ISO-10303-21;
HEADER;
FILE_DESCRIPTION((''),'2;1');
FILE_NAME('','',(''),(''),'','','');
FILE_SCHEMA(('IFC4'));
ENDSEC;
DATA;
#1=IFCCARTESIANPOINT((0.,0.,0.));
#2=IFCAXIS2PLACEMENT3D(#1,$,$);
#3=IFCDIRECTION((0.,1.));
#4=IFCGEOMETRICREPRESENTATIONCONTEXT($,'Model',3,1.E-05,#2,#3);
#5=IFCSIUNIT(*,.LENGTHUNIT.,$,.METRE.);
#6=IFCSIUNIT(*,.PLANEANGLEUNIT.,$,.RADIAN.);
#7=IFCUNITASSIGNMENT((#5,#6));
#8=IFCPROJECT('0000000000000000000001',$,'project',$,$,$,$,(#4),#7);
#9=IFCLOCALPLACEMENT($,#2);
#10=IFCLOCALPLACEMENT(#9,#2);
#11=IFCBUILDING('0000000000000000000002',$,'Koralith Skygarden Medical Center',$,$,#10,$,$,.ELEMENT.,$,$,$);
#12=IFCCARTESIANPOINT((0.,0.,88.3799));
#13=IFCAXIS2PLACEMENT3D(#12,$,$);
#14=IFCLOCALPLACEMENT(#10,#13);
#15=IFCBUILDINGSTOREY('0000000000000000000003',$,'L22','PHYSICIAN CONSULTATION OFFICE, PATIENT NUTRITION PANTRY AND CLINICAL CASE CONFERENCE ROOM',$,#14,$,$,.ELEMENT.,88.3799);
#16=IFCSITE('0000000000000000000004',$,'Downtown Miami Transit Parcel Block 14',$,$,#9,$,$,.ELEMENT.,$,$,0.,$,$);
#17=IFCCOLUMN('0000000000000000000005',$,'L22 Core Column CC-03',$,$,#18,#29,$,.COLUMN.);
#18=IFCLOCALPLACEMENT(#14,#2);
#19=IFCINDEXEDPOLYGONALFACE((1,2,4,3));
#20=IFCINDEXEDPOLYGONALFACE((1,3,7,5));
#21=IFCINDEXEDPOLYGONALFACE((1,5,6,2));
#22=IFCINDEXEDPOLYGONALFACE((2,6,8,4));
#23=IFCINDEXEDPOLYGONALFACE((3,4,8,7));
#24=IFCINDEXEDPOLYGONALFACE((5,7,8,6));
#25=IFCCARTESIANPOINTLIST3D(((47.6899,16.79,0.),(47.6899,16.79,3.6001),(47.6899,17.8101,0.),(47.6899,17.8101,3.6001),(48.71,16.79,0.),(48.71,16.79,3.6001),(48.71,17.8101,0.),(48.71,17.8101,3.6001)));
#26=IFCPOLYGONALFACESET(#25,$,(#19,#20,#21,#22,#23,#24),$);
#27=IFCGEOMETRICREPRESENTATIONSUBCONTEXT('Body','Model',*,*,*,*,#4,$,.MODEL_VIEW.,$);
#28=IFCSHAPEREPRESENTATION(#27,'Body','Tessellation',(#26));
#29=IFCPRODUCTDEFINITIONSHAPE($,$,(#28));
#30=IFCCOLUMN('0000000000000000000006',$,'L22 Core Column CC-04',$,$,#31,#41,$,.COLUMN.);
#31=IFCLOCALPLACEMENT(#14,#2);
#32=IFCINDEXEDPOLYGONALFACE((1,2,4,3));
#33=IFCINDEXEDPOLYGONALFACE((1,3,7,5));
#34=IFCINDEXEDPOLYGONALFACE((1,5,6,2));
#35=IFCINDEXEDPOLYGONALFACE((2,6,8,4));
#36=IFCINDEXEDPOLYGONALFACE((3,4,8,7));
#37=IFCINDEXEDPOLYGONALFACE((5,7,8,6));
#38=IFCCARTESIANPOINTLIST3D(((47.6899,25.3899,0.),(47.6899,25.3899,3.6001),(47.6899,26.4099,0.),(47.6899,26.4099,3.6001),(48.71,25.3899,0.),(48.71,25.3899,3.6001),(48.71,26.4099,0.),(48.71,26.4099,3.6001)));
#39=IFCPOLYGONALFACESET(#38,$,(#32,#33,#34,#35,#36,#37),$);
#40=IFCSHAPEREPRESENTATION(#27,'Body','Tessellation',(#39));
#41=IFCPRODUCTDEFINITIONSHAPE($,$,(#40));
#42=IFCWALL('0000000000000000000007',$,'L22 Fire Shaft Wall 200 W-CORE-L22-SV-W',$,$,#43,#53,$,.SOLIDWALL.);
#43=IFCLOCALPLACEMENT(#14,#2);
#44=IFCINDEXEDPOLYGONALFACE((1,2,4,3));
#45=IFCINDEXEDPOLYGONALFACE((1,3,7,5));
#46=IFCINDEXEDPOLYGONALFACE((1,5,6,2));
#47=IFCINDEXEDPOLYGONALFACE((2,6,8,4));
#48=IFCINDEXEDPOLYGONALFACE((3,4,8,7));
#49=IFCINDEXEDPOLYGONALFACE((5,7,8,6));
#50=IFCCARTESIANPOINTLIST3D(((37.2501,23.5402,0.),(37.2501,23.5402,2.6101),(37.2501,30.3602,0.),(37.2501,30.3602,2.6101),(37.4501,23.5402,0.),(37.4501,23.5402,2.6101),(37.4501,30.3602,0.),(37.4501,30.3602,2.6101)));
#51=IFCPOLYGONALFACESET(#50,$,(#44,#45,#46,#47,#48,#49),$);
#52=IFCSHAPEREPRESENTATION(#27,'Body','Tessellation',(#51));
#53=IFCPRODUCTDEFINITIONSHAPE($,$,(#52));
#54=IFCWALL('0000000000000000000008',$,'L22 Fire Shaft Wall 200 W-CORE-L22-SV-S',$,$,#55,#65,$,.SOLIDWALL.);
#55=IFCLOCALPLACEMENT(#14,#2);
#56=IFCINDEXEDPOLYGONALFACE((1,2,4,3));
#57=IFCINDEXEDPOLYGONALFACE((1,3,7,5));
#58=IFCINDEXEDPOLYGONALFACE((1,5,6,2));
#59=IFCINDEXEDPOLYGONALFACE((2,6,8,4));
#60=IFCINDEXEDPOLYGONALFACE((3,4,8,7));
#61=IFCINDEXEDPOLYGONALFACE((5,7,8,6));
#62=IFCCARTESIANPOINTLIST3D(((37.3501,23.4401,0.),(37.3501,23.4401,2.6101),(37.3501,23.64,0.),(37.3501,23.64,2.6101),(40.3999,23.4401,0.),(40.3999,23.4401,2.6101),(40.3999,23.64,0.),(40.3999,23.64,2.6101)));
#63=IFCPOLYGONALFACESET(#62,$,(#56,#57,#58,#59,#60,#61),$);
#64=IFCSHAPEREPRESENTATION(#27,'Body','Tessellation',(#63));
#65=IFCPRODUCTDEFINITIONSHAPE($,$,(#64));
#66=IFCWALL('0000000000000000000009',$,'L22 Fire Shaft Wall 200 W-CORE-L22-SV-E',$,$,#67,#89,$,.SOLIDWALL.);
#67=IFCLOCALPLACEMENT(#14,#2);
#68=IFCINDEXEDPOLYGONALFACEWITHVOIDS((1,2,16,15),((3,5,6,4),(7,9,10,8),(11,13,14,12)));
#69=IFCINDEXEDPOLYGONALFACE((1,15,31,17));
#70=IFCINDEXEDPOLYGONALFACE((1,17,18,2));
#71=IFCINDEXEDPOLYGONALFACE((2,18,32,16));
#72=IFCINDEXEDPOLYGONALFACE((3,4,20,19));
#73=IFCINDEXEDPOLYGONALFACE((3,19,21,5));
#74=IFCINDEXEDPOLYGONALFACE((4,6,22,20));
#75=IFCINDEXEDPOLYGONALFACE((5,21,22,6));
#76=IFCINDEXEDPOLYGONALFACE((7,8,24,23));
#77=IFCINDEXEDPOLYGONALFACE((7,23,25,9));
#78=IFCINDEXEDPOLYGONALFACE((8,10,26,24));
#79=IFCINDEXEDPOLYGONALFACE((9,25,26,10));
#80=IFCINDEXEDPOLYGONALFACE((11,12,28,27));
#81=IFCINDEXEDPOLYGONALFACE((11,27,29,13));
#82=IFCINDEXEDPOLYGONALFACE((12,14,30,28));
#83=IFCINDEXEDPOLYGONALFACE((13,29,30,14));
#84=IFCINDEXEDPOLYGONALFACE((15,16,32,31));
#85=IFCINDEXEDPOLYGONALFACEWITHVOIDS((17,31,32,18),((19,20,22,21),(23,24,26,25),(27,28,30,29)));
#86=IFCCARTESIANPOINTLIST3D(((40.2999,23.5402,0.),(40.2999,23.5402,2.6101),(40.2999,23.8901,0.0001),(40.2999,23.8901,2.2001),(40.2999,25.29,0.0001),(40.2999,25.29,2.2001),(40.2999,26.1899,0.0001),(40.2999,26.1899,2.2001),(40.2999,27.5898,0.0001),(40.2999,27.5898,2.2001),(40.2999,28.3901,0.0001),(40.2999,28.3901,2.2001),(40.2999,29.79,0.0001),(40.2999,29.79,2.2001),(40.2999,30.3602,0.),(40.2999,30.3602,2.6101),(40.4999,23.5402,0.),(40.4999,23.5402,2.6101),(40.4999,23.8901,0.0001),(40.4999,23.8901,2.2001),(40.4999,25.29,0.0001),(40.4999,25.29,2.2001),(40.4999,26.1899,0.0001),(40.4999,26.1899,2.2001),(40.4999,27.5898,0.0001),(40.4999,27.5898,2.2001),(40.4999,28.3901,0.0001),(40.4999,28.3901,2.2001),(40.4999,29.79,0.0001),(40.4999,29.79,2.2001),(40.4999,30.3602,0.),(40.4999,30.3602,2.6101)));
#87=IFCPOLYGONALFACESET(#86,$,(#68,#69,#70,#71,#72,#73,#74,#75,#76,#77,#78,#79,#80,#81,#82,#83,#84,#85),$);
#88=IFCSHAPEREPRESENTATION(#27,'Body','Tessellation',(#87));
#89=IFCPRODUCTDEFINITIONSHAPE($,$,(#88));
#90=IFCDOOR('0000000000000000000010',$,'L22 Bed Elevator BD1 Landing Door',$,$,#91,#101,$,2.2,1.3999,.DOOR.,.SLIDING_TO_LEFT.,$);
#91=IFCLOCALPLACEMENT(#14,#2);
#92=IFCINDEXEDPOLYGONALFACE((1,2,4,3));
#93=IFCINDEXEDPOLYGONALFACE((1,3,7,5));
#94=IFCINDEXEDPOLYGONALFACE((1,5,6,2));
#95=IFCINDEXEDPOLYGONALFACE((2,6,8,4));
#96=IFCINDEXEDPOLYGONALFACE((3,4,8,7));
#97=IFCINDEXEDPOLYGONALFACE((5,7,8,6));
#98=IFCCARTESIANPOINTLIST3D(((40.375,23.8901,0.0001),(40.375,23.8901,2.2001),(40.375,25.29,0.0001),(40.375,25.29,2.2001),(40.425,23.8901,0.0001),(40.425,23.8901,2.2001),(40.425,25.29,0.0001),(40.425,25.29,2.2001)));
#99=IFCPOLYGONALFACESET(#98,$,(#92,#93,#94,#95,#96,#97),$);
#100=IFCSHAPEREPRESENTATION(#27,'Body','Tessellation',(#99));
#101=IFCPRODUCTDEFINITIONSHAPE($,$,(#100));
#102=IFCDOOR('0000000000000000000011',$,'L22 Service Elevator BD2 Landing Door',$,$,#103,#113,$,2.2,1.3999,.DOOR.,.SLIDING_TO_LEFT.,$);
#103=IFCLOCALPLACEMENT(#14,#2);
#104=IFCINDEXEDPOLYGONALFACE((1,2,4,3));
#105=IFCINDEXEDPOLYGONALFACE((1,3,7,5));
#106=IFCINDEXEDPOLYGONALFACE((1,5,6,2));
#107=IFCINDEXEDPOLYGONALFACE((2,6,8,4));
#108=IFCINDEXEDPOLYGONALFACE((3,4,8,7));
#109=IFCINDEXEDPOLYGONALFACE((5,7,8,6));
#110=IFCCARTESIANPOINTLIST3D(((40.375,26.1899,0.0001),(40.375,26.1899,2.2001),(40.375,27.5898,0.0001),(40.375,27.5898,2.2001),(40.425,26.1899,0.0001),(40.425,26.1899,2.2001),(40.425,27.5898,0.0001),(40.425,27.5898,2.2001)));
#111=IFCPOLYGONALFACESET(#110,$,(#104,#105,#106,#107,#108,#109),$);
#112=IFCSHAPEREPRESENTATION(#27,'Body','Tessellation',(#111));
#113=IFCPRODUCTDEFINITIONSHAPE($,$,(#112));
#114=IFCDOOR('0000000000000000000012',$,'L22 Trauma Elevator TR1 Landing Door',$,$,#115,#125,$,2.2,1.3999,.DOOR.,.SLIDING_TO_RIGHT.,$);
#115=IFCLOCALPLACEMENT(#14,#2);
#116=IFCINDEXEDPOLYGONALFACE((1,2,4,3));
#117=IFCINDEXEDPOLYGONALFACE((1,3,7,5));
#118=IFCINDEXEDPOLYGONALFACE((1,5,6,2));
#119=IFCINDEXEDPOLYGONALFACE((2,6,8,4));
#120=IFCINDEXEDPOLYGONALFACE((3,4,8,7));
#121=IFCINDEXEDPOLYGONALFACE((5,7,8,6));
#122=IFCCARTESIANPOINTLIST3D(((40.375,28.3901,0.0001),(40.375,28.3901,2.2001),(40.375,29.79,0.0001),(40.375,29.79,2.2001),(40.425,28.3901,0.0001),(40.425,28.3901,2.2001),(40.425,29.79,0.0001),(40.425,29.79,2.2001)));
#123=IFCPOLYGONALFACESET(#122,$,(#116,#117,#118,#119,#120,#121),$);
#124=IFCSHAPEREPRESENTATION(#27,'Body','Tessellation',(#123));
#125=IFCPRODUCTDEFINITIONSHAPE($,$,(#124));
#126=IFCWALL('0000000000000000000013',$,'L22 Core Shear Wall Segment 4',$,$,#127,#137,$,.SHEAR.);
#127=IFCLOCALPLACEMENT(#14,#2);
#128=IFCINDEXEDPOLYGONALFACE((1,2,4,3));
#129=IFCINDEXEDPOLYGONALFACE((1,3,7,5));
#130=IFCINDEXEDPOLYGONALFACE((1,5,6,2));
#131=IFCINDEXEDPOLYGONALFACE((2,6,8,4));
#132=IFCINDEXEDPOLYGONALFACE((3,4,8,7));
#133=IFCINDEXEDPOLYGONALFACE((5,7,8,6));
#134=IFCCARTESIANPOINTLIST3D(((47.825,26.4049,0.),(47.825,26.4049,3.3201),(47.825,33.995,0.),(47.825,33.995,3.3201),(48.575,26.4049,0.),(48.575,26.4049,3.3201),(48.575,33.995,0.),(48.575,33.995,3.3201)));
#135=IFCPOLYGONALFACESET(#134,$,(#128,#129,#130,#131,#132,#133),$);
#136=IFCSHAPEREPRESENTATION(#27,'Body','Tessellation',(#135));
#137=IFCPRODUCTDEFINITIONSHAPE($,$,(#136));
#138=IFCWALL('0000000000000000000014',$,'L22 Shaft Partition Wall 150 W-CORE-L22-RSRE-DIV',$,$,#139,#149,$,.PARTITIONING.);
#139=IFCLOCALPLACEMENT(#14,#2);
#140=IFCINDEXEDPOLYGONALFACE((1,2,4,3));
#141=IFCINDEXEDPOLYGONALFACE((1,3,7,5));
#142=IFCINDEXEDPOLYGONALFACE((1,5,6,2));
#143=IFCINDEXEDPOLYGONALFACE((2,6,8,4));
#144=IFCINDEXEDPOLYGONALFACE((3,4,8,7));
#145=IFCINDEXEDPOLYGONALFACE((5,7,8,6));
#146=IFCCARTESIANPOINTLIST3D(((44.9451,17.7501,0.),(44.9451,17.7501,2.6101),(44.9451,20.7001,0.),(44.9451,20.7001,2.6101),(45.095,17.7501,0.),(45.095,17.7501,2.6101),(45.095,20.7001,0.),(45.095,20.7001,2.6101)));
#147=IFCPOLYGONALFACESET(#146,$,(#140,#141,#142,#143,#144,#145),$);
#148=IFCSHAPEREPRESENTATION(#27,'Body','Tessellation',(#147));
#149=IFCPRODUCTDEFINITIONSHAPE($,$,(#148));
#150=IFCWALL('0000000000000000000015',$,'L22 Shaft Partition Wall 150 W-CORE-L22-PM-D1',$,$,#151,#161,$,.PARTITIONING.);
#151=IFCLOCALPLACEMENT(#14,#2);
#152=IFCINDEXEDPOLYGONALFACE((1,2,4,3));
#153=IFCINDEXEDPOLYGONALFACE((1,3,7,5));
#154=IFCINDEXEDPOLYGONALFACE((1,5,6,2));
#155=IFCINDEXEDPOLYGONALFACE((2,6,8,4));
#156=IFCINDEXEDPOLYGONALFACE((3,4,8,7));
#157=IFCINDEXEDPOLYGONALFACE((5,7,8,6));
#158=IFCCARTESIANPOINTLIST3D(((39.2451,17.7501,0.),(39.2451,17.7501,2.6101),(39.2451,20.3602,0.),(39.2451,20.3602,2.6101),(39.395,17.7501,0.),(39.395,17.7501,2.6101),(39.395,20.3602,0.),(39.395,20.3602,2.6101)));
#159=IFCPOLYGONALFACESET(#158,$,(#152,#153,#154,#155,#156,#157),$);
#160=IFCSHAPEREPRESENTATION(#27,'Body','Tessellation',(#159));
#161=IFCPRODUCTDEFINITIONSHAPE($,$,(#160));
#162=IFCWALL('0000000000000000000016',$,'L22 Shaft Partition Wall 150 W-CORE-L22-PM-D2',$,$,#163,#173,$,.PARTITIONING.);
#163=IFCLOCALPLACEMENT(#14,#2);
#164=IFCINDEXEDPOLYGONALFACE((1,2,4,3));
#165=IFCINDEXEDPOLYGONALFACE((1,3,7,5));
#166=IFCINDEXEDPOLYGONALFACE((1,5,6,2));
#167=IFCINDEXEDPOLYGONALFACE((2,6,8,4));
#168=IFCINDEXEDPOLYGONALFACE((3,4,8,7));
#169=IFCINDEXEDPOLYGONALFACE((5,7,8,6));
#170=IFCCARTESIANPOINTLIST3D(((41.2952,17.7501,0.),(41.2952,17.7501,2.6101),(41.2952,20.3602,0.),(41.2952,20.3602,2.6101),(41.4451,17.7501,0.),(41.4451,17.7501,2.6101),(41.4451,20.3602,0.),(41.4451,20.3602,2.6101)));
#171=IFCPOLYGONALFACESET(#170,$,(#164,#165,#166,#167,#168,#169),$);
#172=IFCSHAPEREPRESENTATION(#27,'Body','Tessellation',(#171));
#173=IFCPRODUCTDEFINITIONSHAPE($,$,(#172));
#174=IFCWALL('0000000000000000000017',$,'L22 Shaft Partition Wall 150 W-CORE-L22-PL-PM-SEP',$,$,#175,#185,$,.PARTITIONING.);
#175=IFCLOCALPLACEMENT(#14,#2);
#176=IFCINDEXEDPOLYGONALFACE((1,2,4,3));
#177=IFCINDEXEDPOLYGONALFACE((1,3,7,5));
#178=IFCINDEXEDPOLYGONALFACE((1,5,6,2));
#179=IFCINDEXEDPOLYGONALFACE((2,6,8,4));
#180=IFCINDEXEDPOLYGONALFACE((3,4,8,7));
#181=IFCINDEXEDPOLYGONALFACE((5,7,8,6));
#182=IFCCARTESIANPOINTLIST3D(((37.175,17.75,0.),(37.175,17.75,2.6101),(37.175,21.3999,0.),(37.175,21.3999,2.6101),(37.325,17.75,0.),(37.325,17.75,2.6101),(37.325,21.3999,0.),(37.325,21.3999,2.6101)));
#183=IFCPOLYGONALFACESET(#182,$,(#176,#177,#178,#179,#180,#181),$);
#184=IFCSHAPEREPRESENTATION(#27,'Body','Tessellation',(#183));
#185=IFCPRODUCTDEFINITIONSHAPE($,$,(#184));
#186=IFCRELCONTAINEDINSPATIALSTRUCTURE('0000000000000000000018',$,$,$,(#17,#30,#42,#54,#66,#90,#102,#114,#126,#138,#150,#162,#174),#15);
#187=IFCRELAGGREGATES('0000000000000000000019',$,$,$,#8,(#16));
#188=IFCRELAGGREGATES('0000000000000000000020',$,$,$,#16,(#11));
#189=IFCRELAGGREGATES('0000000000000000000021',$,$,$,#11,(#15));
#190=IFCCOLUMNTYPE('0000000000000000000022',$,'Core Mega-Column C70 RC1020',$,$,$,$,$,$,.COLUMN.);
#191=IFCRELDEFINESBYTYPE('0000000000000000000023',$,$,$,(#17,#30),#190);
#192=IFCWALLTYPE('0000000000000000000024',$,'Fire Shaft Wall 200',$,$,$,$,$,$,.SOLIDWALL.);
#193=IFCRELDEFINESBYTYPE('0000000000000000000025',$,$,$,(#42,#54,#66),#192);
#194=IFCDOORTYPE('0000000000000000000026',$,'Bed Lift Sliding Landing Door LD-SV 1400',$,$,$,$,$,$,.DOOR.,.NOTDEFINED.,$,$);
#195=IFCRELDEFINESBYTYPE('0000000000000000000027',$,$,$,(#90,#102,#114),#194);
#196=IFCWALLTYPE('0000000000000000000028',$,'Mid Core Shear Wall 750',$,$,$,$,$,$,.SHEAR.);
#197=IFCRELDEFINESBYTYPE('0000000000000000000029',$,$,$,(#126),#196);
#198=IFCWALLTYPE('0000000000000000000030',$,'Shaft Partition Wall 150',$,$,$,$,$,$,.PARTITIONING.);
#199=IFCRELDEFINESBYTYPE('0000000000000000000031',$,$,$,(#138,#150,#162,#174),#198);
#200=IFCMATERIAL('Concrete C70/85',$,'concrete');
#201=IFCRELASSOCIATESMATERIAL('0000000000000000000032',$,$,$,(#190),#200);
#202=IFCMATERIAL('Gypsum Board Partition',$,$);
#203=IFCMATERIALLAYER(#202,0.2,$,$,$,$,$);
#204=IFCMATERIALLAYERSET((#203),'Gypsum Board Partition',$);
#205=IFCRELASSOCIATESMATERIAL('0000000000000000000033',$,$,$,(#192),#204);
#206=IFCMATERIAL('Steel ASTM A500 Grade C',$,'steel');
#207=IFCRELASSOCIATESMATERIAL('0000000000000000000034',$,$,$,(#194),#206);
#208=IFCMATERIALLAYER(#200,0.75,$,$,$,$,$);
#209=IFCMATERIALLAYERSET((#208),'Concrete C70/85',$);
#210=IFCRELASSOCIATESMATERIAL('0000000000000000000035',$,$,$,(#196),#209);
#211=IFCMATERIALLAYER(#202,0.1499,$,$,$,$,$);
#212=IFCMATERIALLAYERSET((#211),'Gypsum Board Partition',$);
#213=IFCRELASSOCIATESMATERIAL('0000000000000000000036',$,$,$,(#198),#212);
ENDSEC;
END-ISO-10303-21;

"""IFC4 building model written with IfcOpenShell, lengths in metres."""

from ifc_helpers import new_model, si_unit, direction, frame, frame_2d, origin, origin_2d, place, context, subcontext, project, spatial, rectangle, extrude, material, layer, layer_set, material_profile, profile_set, type_object, element, fill, save


model = new_model("IFC4")

# Units and contexts
model_context = context("Model", 3, precision=1e-05, world=origin(), true_north=direction((0.0, 1.0)))
body_context = subcontext(model_context, "Body", "Model", "MODEL_VIEW")
ifc_project = project(units=[si_unit("LENGTHUNIT", "METRE"), si_unit("PLANEANGLEUNIT", "RADIAN")], contexts=[model_context])

# Site, building, storey
site_placement = place(None, origin())
site = spatial("IfcSite", under=ifc_project, at=site_placement, Name="Downtown Miami Transit Parcel Block 14", CompositionType="ELEMENT", RefElevation=0.0)
building_placement = place(site_placement, origin())
building = spatial("IfcBuilding", under=site, at=building_placement, Name="Koralith Skygarden Medical Center", CompositionType="ELEMENT")
storey_placement = place(building_placement, frame((0.0, 0.0, 88.3799)))
storey = spatial("IfcBuildingStorey", under=building, at=storey_placement, Name="L22", Description="PHYSICIAN CONSULTATION OFFICE, PATIENT NUTRITION PANTRY AND CLINICAL CASE CONFERENCE ROOM", CompositionType="ELEMENT", Elevation=88.3799)

# Columns
ifc_material_1 = material(Name="Concrete C70/85", Category="concrete")
ifc_material_profile = material_profile(ifc_material_1, rectangle(XDim=1.02, YDim=1.02, at=origin_2d()), Name="RC1020X1020")
ifc_profile_set = profile_set([ifc_material_profile], Name="Concrete C70/85")
column_type = type_object("IfcColumnType", Name="Core Mega-Column C70 RC1020", PredefinedType="COLUMN", material=ifc_profile_set)
for number, where, z_axis, x_axis, name in (
    (1, (48.2, 17.3, 0.0), (0.0, 0.0, 1.0), (1.0, 0.0, 0.0), "L22 Core Column CC-03"),
    (2, (48.2, 25.8999, 0.0), (0.0, 0.0, 1.0), (1.0, 0.0, 0.0), "L22 Core Column CC-04"),
):
    element("IfcColumn", number, at=place(storey_placement, frame(where, z_axis=z_axis, x_axis=x_axis)), inside=storey, type_object=column_type, Name=name, PredefinedType="COLUMN", context=body_context, shape_type="SweptSolid", body=[
        extrude(rectangle(XDim=1.02, YDim=1.02, at=origin_2d()), origin(), (0.0, 0.0, 1.0), 3.6001),
    ])

# Shared definitions
ifc_material_2 = material(Name="Gypsum Board Partition")
ifc_layer_1 = layer(ifc_material_2, 0.2)
ifc_layer_set_1 = layer_set([ifc_layer_1], Name="Gypsum Board Partition")
wall_type_1 = type_object("IfcWallType", Name="Fire Shaft Wall 200", PredefinedType="SOLIDWALL", material=ifc_layer_set_1)
ifc_material_3 = material(Name="Steel ASTM A500 Grade C", Category="steel")

# Walls
wall_1_placement = place(storey_placement, frame((37.3501, 23.54, 0.0), z_axis=(0.0, 0.0, 1.0), x_axis=(0.0, 1.0, 0.0)))
element("IfcWall", 3, at=wall_1_placement, inside=storey, type_object=wall_type_1, Name="L22 Fire Shaft Wall 200 W-CORE-L22-SV-W", PredefinedType="SOLIDWALL", context=body_context, shape_type="SweptSolid", body=[
    extrude(rectangle(XDim=6.8201, YDim=0.2, at=frame_2d((3.4102, 0.0))), origin(), (0.0, 0.0, 1.0), 2.6101),
])
wall_2_placement = place(storey_placement, frame((37.3501, 23.54, 0.0), z_axis=(0.0, 0.0, 1.0), x_axis=(1.0, 0.0, 0.0)))
element("IfcWall", 4, at=wall_2_placement, inside=storey, type_object=wall_type_1, Name="L22 Fire Shaft Wall 200 W-CORE-L22-SV-S", PredefinedType="SOLIDWALL", context=body_context, shape_type="SweptSolid", body=[
    extrude(rectangle(XDim=3.0498, YDim=0.2, at=frame_2d((1.5249, 0.0))), origin(), (0.0, 0.0, 1.0), 2.6101),
])

# Wall, openings, doors
wall_3_placement = place(storey_placement, frame((40.3999, 23.54, 0.0), z_axis=(0.0, 0.0, 1.0), x_axis=(0.0, 1.0, 0.0)))
wall_3 = element("IfcWall", 5, at=wall_3_placement, inside=storey, type_object=wall_type_1, Name="L22 Fire Shaft Wall 200 W-CORE-L22-SV-E", PredefinedType="SOLIDWALL", context=body_context, shape_type="SweptSolid", body=[
    extrude(rectangle(XDim=6.8201, YDim=0.2, at=frame_2d((3.4102, 0.0))), origin(), (0.0, 0.0, 1.0), 2.6101),
])
opening_1_placement = place(wall_3_placement, frame((0.3501, 0.0, 0.0)))
opening_1 = element("IfcOpeningElement", 6, at=opening_1_placement, cuts=wall_3, PredefinedType="OPENING", context=body_context, shape_type="SweptSolid", body=[
    extrude(rectangle(XDim=1.3999, YDim=2.2, at=frame_2d((0.7, 1.1001))), frame((0.0, 0.1099, 0.0), z_axis=(0.0, -1.0, 0.0), x_axis=(1.0, 0.0, 0.0)), (0.0, 0.0, 1.0), 0.22),
])
opening_2_placement = place(wall_3_placement, frame((2.6499, 0.0, 0.0)))
opening_2 = element("IfcOpeningElement", 7, at=opening_2_placement, cuts=wall_3, PredefinedType="OPENING", context=body_context, shape_type="SweptSolid", body=[
    extrude(rectangle(XDim=1.3999, YDim=2.2, at=frame_2d((0.7, 1.1001))), frame((0.0, 0.1099, 0.0), z_axis=(0.0, -1.0, 0.0), x_axis=(1.0, 0.0, 0.0)), (0.0, 0.0, 1.0), 0.22),
])
opening_3_placement = place(wall_3_placement, frame((4.8501, 0.0, 0.0)))
opening_3 = element("IfcOpeningElement", 8, at=opening_3_placement, cuts=wall_3, PredefinedType="OPENING", context=body_context, shape_type="SweptSolid", body=[
    extrude(rectangle(XDim=1.3999, YDim=2.2, at=frame_2d((0.7, 1.1001))), frame((0.0, 0.1099, 0.0), z_axis=(0.0, -1.0, 0.0), x_axis=(1.0, 0.0, 0.0)), (0.0, 0.0, 1.0), 0.22),
])
door_type_1 = type_object("IfcDoorType", Name="Bed Lift Sliding Landing Door LD-SV 1400", OperationType="NOTDEFINED", PredefinedType="DOOR", material=ifc_material_3)
door_1_placement = place(opening_1_placement, origin())
door_1 = element("IfcDoor", 9, at=door_1_placement, inside=storey, type_object=door_type_1, Name="L22 Bed Elevator BD1 Landing Door", OperationType="SLIDING_TO_LEFT", OverallHeight=2.2, OverallWidth=1.3999, PredefinedType="DOOR", context=body_context, shape_type="SweptSolid", body=[
    extrude(rectangle(XDim=1.3999, YDim=2.2, at=frame_2d((0.7, 1.1001))), frame((0.0, 0.0249, 0.0), z_axis=(0.0, -1.0, 0.0), x_axis=(1.0, 0.0, 0.0)), (0.0, 0.0, 1.0), 0.05),
])
fill(opening_1, door_1)
door_2_placement = place(opening_2_placement, origin())
door_2 = element("IfcDoor", 10, at=door_2_placement, inside=storey, type_object=door_type_1, Name="L22 Service Elevator BD2 Landing Door", OperationType="SLIDING_TO_LEFT", OverallHeight=2.2, OverallWidth=1.3999, PredefinedType="DOOR", context=body_context, shape_type="SweptSolid", body=[
    extrude(rectangle(XDim=1.3999, YDim=2.2, at=frame_2d((0.7, 1.1001))), frame((0.0, 0.0249, 0.0), z_axis=(0.0, -1.0, 0.0), x_axis=(1.0, 0.0, 0.0)), (0.0, 0.0, 1.0), 0.05),
])
fill(opening_2, door_2)
door_3_placement = place(opening_3_placement, origin())
door_3 = element("IfcDoor", 11, at=door_3_placement, inside=storey, type_object=door_type_1, Name="L22 Trauma Elevator TR1 Landing Door", OperationType="SLIDING_TO_RIGHT", OverallHeight=2.2, OverallWidth=1.3999, PredefinedType="DOOR", context=body_context, shape_type="SweptSolid", body=[
    extrude(rectangle(XDim=1.3999, YDim=2.2, at=frame_2d((0.7, 1.1001))), frame((0.0, 0.0249, 0.0), z_axis=(0.0, -1.0, 0.0), x_axis=(1.0, 0.0, 0.0)), (0.0, 0.0, 1.0), 0.05),
])
fill(opening_3, door_3)

# Shared definitions
ifc_layer_2 = layer(ifc_material_1, 0.75)
ifc_layer_set_2 = layer_set([ifc_layer_2], Name="Concrete C70/85")
wall_type_2 = type_object("IfcWallType", Name="Mid Core Shear Wall 750", PredefinedType="SHEAR", material=ifc_layer_set_2)

# Walls
wall_4_placement = place(storey_placement, frame((48.2, 26.405, 0.0), z_axis=(0.0, 0.0, 1.0), x_axis=(0.0, 1.0, 0.0)))
element("IfcWall", 12, at=wall_4_placement, inside=storey, type_object=wall_type_2, Name="L22 Core Shear Wall Segment 4", PredefinedType="SHEAR", context=body_context, shape_type="SweptSolid", body=[
    extrude(rectangle(XDim=7.5901, YDim=0.75, at=frame_2d((3.7949, 0.0))), origin(), (0.0, 0.0, 1.0), 3.3201),
])
ifc_layer_3 = layer(ifc_material_2, 0.1499)
ifc_layer_set_3 = layer_set([ifc_layer_3], Name="Gypsum Board Partition")
wall_type_3 = type_object("IfcWallType", Name="Shaft Partition Wall 150", PredefinedType="PARTITIONING", material=ifc_layer_set_3)
wall_5_placement = place(storey_placement, frame((45.02, 17.75, 0.0), z_axis=(0.0, 0.0, 1.0), x_axis=(0.0, 1.0, 0.0)))
element("IfcWall", 13, at=wall_5_placement, inside=storey, type_object=wall_type_3, Name="L22 Shaft Partition Wall 150 W-CORE-L22-RSRE-DIV", PredefinedType="PARTITIONING", context=body_context, shape_type="SweptSolid", body=[
    extrude(rectangle(XDim=2.95, YDim=0.1499, at=frame_2d((1.4751, 0.0))), origin(), (0.0, 0.0, 1.0), 2.6101),
])
for number, where, z_axis, x_axis, name in (
    (14, (39.3201, 17.75, 0.0), (0.0, 0.0, 1.0), (0.0, 1.0, 0.0), "L22 Shaft Partition Wall 150 W-CORE-L22-PM-D1"),
    (15, (41.3701, 17.75, 0.0), (0.0, 0.0, 1.0), (0.0, 1.0, 0.0), "L22 Shaft Partition Wall 150 W-CORE-L22-PM-D2"),
):
    element("IfcWall", number, at=place(storey_placement, frame(where, z_axis=z_axis, x_axis=x_axis)), inside=storey, type_object=wall_type_3, Name=name, PredefinedType="PARTITIONING", context=body_context, shape_type="SweptSolid", body=[
        extrude(rectangle(XDim=2.6101, YDim=0.1499, at=frame_2d((1.3052, 0.0))), origin(), (0.0, 0.0, 1.0), 2.6101),
    ])
wall_6_placement = place(storey_placement, frame((37.25, 17.75, 0.0), z_axis=(0.0, 0.0, 1.0), x_axis=(0.0, 1.0, 0.0)))
element("IfcWall", 16, at=wall_6_placement, inside=storey, type_object=wall_type_3, Name="L22 Shaft Partition Wall 150 W-CORE-L22-PL-PM-SEP", PredefinedType="PARTITIONING", context=body_context, shape_type="SweptSolid", body=[
    extrude(rectangle(XDim=3.6499, YDim=0.1499, at=frame_2d((1.825, 0.0))), origin(), (0.0, 0.0, 1.0), 2.6101),
])

save(model, "model.ifc")
